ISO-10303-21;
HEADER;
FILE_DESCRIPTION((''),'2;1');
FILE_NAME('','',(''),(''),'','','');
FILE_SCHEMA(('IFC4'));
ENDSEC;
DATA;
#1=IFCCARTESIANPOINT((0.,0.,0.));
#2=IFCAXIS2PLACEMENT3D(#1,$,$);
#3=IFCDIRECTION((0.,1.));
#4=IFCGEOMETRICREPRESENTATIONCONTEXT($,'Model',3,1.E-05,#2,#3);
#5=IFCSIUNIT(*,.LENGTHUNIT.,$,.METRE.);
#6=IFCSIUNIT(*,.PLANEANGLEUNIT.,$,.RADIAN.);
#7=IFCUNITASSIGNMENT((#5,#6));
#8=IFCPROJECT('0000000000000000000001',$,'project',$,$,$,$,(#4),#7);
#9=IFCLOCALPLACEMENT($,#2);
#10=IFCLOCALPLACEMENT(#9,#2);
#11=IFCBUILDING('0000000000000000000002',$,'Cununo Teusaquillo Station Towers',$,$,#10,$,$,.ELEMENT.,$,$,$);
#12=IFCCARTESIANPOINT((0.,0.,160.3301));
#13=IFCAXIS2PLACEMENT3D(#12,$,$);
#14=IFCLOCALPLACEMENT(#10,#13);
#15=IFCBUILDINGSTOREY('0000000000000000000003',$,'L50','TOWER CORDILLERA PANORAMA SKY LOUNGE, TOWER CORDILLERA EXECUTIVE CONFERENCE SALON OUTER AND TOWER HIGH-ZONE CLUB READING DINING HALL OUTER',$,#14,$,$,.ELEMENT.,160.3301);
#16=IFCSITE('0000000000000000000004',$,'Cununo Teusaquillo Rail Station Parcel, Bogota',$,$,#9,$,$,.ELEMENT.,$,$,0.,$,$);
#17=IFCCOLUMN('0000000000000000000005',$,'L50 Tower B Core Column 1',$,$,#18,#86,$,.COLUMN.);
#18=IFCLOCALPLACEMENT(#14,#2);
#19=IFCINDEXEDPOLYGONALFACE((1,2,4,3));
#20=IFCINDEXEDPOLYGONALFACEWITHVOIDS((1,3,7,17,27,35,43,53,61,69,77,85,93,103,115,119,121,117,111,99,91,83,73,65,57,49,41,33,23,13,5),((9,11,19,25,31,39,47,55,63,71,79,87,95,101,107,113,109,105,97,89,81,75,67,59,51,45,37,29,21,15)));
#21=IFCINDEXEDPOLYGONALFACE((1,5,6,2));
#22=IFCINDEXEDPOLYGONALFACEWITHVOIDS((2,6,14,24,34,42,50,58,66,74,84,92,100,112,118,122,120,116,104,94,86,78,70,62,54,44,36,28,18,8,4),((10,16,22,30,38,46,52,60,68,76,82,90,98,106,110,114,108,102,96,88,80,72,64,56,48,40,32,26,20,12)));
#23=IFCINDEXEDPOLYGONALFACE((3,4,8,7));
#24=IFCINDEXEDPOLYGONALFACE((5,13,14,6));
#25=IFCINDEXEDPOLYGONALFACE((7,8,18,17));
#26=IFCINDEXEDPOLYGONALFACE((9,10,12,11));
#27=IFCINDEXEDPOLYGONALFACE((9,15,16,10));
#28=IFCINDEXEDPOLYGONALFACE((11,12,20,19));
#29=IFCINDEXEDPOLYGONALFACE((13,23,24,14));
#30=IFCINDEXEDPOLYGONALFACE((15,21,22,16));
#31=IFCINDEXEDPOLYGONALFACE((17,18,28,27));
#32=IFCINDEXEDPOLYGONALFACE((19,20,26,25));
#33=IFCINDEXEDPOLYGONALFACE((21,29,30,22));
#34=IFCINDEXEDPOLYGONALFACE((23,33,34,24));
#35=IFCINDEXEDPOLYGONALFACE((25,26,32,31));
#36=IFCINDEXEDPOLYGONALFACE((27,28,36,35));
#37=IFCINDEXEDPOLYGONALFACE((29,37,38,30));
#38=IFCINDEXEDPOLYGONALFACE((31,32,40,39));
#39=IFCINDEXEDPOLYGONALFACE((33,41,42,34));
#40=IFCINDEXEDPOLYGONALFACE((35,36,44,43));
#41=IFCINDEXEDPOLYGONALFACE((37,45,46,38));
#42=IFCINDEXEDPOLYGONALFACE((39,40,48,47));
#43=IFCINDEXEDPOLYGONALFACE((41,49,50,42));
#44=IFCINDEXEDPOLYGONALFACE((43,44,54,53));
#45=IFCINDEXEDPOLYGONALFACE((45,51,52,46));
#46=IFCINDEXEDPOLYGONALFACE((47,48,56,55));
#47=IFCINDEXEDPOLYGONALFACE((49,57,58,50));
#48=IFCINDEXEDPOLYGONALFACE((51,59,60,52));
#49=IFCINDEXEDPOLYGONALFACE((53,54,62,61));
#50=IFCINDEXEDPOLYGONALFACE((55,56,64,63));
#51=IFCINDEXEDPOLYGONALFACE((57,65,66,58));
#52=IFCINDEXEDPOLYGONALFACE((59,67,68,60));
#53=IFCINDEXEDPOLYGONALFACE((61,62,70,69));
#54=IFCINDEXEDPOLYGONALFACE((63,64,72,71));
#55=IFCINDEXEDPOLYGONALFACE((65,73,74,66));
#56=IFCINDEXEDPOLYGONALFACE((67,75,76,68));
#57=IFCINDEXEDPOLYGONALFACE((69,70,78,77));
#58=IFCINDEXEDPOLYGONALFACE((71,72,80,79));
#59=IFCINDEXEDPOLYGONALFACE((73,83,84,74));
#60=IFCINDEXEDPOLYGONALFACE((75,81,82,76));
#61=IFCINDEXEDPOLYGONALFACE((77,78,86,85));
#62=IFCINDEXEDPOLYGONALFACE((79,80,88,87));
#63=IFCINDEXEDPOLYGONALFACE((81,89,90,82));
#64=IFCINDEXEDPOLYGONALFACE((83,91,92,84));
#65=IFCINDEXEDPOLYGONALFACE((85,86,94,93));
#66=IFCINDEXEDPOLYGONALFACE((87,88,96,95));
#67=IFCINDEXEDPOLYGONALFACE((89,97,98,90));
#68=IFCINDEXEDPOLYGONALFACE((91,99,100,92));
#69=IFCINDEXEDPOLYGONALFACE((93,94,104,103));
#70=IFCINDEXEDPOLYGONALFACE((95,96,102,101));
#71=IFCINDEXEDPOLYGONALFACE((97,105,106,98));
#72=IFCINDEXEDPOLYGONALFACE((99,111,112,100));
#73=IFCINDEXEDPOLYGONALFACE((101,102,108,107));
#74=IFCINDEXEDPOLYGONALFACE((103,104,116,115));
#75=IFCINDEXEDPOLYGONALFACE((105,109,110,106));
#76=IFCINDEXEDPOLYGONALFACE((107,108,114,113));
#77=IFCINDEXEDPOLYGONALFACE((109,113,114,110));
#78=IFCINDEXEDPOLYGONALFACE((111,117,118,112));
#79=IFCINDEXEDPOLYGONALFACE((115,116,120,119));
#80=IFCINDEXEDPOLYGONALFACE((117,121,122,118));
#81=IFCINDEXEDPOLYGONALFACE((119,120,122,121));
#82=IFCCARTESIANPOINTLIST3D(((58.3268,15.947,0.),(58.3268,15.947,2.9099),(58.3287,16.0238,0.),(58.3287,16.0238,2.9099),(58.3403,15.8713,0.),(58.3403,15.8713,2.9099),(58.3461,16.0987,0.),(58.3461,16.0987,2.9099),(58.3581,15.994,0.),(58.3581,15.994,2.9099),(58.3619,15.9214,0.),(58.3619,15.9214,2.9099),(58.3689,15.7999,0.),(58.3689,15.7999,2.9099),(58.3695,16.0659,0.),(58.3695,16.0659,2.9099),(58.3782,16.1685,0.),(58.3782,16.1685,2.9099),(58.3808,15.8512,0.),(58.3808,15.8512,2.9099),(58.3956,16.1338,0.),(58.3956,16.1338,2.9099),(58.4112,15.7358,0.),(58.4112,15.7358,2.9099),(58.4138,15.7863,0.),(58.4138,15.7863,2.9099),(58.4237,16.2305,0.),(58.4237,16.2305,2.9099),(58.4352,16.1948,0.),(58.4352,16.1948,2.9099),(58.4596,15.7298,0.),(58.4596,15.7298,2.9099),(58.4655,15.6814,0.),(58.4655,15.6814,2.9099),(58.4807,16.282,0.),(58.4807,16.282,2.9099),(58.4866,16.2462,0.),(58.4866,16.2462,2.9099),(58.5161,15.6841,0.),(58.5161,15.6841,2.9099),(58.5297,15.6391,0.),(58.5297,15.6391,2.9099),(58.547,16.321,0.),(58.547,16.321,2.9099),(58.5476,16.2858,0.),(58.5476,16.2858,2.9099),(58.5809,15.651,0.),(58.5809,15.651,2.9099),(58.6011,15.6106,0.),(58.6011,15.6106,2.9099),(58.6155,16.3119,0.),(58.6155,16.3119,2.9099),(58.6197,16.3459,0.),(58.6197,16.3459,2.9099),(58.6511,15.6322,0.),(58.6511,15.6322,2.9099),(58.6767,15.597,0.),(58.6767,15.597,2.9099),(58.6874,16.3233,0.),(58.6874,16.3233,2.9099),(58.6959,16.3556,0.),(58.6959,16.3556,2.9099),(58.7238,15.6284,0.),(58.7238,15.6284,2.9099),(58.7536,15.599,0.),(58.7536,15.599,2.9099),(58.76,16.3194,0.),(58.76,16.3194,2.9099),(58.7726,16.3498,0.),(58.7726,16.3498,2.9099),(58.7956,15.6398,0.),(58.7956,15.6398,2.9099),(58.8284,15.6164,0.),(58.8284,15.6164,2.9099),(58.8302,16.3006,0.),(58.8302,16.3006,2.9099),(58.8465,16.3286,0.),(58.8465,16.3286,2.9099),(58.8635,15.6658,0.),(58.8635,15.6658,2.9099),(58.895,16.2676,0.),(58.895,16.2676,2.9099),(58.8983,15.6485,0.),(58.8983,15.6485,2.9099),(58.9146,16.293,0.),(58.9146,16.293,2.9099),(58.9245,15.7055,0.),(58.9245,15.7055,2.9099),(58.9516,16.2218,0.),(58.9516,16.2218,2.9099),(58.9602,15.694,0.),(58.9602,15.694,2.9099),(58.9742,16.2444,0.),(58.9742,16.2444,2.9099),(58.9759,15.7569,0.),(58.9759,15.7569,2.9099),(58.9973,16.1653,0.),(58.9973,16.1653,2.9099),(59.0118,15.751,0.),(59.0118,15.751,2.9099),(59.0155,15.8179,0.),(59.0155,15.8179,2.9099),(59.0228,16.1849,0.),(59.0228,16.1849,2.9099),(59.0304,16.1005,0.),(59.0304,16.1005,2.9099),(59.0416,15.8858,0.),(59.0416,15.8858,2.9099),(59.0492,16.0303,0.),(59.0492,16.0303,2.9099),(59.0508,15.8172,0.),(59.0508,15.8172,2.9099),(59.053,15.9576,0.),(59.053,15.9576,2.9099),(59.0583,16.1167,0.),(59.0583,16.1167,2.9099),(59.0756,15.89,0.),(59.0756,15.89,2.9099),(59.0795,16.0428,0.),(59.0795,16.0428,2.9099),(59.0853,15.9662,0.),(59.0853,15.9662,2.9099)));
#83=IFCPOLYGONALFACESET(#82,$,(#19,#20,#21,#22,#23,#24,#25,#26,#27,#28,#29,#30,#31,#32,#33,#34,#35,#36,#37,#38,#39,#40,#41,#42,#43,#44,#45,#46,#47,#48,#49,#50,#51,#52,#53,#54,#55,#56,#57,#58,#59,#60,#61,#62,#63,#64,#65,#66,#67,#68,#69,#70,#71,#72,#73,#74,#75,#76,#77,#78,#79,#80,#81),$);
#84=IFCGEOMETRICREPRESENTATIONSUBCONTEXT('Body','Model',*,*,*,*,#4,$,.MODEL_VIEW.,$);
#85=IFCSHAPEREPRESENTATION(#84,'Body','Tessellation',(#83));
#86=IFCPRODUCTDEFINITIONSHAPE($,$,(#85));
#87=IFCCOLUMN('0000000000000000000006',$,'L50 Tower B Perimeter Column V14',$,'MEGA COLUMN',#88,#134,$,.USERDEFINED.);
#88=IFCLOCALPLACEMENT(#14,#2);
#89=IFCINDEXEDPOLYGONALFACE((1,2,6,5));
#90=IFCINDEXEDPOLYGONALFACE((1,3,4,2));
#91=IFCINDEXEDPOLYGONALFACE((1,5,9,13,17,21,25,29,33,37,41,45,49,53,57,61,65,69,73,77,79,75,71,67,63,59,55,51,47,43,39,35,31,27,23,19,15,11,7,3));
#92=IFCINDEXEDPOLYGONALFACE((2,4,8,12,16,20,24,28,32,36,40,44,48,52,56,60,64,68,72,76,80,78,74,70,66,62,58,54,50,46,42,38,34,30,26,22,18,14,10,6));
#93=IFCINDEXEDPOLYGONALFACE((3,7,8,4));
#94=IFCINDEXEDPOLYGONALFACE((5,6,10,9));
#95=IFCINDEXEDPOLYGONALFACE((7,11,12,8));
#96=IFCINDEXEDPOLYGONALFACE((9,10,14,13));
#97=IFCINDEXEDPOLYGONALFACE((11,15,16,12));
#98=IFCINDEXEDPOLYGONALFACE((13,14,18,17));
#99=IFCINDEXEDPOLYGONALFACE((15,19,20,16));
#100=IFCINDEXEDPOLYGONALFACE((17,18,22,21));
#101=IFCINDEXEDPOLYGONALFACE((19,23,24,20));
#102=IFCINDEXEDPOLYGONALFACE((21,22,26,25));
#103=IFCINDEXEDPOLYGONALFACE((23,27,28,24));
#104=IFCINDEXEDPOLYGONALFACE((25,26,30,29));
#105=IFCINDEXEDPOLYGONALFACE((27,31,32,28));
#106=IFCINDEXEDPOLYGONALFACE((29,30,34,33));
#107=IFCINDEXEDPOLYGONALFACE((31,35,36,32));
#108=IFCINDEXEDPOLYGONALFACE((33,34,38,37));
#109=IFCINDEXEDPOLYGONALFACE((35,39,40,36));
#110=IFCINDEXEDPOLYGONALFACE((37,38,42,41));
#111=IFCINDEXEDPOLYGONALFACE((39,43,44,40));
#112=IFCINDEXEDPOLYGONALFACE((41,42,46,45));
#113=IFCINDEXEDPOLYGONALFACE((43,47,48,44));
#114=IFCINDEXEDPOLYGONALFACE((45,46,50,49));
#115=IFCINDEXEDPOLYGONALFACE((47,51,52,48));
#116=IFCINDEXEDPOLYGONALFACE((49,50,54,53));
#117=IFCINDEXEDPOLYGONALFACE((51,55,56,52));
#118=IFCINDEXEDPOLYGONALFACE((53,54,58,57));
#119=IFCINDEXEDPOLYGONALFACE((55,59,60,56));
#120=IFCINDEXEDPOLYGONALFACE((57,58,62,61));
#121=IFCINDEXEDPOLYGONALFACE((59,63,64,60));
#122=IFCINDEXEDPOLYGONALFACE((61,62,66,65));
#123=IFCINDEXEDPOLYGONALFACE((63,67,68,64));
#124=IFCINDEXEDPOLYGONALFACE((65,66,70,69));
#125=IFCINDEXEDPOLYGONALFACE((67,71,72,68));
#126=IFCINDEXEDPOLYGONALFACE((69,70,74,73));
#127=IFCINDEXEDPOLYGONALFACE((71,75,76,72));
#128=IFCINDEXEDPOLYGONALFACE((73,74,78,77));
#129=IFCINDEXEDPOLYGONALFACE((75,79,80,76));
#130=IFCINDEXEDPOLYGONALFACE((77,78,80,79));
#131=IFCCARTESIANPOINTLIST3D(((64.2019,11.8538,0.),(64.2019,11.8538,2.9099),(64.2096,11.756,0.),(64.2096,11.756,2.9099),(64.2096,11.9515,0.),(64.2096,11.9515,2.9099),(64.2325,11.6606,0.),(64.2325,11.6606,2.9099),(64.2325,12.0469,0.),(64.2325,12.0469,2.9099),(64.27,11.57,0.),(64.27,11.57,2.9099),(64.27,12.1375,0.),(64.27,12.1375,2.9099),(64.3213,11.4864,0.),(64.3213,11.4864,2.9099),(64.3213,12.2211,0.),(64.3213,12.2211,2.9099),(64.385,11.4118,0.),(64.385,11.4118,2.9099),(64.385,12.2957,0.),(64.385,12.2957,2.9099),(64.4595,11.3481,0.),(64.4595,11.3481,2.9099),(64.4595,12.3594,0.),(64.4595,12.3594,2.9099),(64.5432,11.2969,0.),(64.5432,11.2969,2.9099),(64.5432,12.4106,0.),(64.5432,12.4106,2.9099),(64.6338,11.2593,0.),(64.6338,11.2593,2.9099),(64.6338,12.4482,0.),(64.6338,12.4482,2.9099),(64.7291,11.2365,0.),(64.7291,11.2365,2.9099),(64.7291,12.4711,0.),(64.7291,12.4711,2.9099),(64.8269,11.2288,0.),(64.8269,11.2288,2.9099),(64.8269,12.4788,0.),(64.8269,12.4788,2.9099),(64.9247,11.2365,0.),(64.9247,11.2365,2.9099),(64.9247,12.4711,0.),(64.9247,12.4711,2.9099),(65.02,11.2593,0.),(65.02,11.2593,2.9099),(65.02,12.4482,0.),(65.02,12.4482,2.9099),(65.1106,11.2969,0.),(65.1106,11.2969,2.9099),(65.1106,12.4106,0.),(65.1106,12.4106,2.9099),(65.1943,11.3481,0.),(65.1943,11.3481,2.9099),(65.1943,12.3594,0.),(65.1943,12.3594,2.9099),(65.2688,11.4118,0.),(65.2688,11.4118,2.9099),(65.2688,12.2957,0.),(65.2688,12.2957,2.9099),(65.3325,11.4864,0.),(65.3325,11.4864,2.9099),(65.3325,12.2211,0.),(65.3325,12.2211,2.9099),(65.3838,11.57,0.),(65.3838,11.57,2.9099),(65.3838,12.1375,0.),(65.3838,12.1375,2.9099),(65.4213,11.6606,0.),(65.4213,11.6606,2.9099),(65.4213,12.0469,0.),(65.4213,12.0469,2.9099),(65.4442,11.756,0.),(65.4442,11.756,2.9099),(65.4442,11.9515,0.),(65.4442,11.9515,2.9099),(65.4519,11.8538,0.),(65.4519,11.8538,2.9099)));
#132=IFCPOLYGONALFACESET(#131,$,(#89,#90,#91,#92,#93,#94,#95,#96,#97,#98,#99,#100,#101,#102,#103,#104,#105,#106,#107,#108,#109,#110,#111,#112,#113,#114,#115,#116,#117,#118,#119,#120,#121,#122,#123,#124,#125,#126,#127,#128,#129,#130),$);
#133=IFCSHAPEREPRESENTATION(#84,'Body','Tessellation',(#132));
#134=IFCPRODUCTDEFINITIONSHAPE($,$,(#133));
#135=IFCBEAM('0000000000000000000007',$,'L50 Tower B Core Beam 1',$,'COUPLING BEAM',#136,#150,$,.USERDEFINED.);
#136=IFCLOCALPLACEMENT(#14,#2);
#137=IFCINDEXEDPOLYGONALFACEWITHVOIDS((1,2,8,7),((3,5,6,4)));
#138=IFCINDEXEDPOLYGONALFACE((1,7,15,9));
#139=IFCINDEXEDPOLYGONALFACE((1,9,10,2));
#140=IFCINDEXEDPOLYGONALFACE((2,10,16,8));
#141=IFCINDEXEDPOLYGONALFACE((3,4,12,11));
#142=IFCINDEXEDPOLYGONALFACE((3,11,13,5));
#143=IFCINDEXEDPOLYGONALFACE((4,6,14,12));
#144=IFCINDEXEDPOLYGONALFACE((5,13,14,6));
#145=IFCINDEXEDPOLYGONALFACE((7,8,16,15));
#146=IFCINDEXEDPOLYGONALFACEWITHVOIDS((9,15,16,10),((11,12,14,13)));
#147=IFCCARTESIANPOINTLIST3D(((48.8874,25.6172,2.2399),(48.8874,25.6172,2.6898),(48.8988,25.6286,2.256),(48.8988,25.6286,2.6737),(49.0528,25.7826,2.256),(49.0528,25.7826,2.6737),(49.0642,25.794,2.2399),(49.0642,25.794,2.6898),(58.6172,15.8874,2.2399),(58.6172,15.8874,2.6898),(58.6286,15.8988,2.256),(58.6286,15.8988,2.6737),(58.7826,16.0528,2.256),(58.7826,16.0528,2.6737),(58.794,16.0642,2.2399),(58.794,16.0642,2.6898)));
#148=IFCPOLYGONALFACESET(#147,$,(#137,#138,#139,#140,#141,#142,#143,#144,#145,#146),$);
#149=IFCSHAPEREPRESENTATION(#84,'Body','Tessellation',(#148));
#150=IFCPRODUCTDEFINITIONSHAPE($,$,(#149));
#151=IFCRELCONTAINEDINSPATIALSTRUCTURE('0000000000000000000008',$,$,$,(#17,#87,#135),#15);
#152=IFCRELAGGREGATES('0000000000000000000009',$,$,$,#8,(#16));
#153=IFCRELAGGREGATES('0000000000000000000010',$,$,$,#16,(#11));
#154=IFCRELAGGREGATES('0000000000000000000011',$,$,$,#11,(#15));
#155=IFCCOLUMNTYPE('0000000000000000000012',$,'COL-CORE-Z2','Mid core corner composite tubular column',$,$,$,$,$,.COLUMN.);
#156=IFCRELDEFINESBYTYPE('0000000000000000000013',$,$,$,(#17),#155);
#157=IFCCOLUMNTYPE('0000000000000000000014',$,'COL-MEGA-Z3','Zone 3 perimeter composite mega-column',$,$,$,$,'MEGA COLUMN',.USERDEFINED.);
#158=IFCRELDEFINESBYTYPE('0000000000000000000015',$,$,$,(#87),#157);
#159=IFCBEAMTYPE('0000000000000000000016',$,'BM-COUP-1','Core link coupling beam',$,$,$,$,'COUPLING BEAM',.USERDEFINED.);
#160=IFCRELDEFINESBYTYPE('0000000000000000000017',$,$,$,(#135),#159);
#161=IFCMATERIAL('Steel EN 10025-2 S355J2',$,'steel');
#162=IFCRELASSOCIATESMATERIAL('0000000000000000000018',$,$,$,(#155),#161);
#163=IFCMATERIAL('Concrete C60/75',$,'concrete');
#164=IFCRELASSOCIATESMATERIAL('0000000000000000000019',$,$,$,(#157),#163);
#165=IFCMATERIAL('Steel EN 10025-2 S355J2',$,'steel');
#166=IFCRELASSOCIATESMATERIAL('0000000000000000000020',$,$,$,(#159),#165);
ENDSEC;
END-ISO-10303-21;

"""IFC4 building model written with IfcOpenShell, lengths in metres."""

from ifc_helpers import new_model, si_unit, direction, frame, origin, origin_2d, place, context, subcontext, project, spatial, hollow_rectangle, circle, hollow_circle, extrude, material, material_profile, profile_set, type_object, element, save


model = new_model("IFC4")

# Units and contexts
model_context = context("Model", 3, precision=1e-05, world=origin(), true_north=direction((0.0, 1.0)))
body_context = subcontext(model_context, "Body", "Model", "MODEL_VIEW")
ifc_project = project(units=[si_unit("LENGTHUNIT", "METRE"), si_unit("PLANEANGLEUNIT", "RADIAN")], contexts=[model_context])

# Site, building, storey
site_placement = place(None, origin())
site = spatial("IfcSite", under=ifc_project, at=site_placement, Name="Cununo Teusaquillo Rail Station Parcel, Bogota", CompositionType="ELEMENT", RefElevation=0.0)
building_placement = place(site_placement, origin())
building = spatial("IfcBuilding", under=site, at=building_placement, Name="Cununo Teusaquillo Station Towers", CompositionType="ELEMENT")
storey_placement = place(building_placement, frame((0.0, 0.0, 160.3301)))
storey = spatial("IfcBuildingStorey", under=building, at=storey_placement, Name="L50", Description="TOWER CORDILLERA PANORAMA SKY LOUNGE, TOWER CORDILLERA EXECUTIVE CONFERENCE SALON OUTER AND TOWER HIGH-ZONE CLUB READING DINING HALL OUTER", CompositionType="ELEMENT", Elevation=160.3301)

# Columns
ifc_material_1 = material(Name="Steel EN 10025-2 S355J2", Category="steel")
ifc_material_profile_1 = material_profile(ifc_material_1, hollow_circle(Radius=0.3799, WallThickness=0.032, at=origin_2d()), Name="CHS 760x32")
ifc_profile_set_1 = profile_set([ifc_material_profile_1], Name="Steel EN 10025-2 S355J2")
column_type_1 = type_object("IfcColumnType", Name="COL-CORE-Z2", Description="Mid core corner composite tubular column", PredefinedType="COLUMN", material=ifc_profile_set_1)
column_1_placement = place(storey_placement, frame((58.7056, 15.9758, 0.0), z_axis=(0.0, 0.0, 1.0), x_axis=(0.707107, 0.707107, 0.0)))
element("IfcColumn", 1, at=column_1_placement, inside=storey, type_object=column_type_1, Name="L50 Tower B Core Column 1", PredefinedType="COLUMN", context=body_context, shape_type="SweptSolid", body=[
    extrude(hollow_circle(Radius=0.3799, WallThickness=0.032, at=origin_2d()), origin(), (0.0, 0.0, 1.0), 2.9099),
])
ifc_material_2 = material(Name="Concrete C60/75", Category="concrete")
ifc_material_profile_2 = material_profile(ifc_material_2, circle(Radius=0.625, at=origin_2d()), Name="RC-CIRC-1250")
ifc_profile_set_2 = profile_set([ifc_material_profile_2], Name="Concrete C60/75")
column_type_2 = type_object("IfcColumnType", Name="COL-MEGA-Z3", Description="Zone 3 perimeter composite mega-column", ElementType="MEGA COLUMN", PredefinedType="USERDEFINED", material=ifc_profile_set_2)
column_2_placement = place(storey_placement, frame((64.8269, 11.8538, 0.0), z_axis=(0.0, 0.0, 1.0), x_axis=(1.0, 0.0, 0.0)))
element("IfcColumn", 2, at=column_2_placement, inside=storey, type_object=column_type_2, Name="L50 Tower B Perimeter Column V14", ObjectType="MEGA COLUMN", PredefinedType="USERDEFINED", context=body_context, shape_type="SweptSolid", body=[
    extrude(circle(Radius=0.625, at=origin_2d()), origin(), (0.0, 0.0, 1.0), 2.9099),
])

# Beam
ifc_material_3 = material(Name="Steel EN 10025-2 S355J2", Category="steel")
ifc_material_profile_3 = material_profile(ifc_material_3, hollow_rectangle(XDim=0.25, YDim=0.45, WallThickness=0.0161, at=origin_2d()), Name="RHS 450x250x16")
ifc_profile_set_3 = profile_set([ifc_material_profile_3], Name="Steel EN 10025-2 S355J2")
beam_type_1 = type_object("IfcBeamType", Name="BM-COUP-1", Description="Core link coupling beam", ElementType="COUPLING BEAM", PredefinedType="USERDEFINED", material=ifc_profile_set_3)
beam_1_placement = place(storey_placement, frame((58.7056, 15.9758, 2.4648), z_axis=(-0.707107, 0.707107, 0.0), x_axis=(-0.707107, -0.707107, 0.0)))
element("IfcBeam", 3, at=beam_1_placement, inside=storey, type_object=beam_type_1, Name="L50 Tower B Core Beam 1", ObjectType="COUPLING BEAM", PredefinedType="USERDEFINED", context=body_context, shape_type="SweptSolid", body=[
    extrude(hollow_rectangle(XDim=0.25, YDim=0.45, WallThickness=0.0161, at=origin_2d()), origin(), (0.0, 0.0, 1.0), 13.76),
])

save(model, "model.ifc")
